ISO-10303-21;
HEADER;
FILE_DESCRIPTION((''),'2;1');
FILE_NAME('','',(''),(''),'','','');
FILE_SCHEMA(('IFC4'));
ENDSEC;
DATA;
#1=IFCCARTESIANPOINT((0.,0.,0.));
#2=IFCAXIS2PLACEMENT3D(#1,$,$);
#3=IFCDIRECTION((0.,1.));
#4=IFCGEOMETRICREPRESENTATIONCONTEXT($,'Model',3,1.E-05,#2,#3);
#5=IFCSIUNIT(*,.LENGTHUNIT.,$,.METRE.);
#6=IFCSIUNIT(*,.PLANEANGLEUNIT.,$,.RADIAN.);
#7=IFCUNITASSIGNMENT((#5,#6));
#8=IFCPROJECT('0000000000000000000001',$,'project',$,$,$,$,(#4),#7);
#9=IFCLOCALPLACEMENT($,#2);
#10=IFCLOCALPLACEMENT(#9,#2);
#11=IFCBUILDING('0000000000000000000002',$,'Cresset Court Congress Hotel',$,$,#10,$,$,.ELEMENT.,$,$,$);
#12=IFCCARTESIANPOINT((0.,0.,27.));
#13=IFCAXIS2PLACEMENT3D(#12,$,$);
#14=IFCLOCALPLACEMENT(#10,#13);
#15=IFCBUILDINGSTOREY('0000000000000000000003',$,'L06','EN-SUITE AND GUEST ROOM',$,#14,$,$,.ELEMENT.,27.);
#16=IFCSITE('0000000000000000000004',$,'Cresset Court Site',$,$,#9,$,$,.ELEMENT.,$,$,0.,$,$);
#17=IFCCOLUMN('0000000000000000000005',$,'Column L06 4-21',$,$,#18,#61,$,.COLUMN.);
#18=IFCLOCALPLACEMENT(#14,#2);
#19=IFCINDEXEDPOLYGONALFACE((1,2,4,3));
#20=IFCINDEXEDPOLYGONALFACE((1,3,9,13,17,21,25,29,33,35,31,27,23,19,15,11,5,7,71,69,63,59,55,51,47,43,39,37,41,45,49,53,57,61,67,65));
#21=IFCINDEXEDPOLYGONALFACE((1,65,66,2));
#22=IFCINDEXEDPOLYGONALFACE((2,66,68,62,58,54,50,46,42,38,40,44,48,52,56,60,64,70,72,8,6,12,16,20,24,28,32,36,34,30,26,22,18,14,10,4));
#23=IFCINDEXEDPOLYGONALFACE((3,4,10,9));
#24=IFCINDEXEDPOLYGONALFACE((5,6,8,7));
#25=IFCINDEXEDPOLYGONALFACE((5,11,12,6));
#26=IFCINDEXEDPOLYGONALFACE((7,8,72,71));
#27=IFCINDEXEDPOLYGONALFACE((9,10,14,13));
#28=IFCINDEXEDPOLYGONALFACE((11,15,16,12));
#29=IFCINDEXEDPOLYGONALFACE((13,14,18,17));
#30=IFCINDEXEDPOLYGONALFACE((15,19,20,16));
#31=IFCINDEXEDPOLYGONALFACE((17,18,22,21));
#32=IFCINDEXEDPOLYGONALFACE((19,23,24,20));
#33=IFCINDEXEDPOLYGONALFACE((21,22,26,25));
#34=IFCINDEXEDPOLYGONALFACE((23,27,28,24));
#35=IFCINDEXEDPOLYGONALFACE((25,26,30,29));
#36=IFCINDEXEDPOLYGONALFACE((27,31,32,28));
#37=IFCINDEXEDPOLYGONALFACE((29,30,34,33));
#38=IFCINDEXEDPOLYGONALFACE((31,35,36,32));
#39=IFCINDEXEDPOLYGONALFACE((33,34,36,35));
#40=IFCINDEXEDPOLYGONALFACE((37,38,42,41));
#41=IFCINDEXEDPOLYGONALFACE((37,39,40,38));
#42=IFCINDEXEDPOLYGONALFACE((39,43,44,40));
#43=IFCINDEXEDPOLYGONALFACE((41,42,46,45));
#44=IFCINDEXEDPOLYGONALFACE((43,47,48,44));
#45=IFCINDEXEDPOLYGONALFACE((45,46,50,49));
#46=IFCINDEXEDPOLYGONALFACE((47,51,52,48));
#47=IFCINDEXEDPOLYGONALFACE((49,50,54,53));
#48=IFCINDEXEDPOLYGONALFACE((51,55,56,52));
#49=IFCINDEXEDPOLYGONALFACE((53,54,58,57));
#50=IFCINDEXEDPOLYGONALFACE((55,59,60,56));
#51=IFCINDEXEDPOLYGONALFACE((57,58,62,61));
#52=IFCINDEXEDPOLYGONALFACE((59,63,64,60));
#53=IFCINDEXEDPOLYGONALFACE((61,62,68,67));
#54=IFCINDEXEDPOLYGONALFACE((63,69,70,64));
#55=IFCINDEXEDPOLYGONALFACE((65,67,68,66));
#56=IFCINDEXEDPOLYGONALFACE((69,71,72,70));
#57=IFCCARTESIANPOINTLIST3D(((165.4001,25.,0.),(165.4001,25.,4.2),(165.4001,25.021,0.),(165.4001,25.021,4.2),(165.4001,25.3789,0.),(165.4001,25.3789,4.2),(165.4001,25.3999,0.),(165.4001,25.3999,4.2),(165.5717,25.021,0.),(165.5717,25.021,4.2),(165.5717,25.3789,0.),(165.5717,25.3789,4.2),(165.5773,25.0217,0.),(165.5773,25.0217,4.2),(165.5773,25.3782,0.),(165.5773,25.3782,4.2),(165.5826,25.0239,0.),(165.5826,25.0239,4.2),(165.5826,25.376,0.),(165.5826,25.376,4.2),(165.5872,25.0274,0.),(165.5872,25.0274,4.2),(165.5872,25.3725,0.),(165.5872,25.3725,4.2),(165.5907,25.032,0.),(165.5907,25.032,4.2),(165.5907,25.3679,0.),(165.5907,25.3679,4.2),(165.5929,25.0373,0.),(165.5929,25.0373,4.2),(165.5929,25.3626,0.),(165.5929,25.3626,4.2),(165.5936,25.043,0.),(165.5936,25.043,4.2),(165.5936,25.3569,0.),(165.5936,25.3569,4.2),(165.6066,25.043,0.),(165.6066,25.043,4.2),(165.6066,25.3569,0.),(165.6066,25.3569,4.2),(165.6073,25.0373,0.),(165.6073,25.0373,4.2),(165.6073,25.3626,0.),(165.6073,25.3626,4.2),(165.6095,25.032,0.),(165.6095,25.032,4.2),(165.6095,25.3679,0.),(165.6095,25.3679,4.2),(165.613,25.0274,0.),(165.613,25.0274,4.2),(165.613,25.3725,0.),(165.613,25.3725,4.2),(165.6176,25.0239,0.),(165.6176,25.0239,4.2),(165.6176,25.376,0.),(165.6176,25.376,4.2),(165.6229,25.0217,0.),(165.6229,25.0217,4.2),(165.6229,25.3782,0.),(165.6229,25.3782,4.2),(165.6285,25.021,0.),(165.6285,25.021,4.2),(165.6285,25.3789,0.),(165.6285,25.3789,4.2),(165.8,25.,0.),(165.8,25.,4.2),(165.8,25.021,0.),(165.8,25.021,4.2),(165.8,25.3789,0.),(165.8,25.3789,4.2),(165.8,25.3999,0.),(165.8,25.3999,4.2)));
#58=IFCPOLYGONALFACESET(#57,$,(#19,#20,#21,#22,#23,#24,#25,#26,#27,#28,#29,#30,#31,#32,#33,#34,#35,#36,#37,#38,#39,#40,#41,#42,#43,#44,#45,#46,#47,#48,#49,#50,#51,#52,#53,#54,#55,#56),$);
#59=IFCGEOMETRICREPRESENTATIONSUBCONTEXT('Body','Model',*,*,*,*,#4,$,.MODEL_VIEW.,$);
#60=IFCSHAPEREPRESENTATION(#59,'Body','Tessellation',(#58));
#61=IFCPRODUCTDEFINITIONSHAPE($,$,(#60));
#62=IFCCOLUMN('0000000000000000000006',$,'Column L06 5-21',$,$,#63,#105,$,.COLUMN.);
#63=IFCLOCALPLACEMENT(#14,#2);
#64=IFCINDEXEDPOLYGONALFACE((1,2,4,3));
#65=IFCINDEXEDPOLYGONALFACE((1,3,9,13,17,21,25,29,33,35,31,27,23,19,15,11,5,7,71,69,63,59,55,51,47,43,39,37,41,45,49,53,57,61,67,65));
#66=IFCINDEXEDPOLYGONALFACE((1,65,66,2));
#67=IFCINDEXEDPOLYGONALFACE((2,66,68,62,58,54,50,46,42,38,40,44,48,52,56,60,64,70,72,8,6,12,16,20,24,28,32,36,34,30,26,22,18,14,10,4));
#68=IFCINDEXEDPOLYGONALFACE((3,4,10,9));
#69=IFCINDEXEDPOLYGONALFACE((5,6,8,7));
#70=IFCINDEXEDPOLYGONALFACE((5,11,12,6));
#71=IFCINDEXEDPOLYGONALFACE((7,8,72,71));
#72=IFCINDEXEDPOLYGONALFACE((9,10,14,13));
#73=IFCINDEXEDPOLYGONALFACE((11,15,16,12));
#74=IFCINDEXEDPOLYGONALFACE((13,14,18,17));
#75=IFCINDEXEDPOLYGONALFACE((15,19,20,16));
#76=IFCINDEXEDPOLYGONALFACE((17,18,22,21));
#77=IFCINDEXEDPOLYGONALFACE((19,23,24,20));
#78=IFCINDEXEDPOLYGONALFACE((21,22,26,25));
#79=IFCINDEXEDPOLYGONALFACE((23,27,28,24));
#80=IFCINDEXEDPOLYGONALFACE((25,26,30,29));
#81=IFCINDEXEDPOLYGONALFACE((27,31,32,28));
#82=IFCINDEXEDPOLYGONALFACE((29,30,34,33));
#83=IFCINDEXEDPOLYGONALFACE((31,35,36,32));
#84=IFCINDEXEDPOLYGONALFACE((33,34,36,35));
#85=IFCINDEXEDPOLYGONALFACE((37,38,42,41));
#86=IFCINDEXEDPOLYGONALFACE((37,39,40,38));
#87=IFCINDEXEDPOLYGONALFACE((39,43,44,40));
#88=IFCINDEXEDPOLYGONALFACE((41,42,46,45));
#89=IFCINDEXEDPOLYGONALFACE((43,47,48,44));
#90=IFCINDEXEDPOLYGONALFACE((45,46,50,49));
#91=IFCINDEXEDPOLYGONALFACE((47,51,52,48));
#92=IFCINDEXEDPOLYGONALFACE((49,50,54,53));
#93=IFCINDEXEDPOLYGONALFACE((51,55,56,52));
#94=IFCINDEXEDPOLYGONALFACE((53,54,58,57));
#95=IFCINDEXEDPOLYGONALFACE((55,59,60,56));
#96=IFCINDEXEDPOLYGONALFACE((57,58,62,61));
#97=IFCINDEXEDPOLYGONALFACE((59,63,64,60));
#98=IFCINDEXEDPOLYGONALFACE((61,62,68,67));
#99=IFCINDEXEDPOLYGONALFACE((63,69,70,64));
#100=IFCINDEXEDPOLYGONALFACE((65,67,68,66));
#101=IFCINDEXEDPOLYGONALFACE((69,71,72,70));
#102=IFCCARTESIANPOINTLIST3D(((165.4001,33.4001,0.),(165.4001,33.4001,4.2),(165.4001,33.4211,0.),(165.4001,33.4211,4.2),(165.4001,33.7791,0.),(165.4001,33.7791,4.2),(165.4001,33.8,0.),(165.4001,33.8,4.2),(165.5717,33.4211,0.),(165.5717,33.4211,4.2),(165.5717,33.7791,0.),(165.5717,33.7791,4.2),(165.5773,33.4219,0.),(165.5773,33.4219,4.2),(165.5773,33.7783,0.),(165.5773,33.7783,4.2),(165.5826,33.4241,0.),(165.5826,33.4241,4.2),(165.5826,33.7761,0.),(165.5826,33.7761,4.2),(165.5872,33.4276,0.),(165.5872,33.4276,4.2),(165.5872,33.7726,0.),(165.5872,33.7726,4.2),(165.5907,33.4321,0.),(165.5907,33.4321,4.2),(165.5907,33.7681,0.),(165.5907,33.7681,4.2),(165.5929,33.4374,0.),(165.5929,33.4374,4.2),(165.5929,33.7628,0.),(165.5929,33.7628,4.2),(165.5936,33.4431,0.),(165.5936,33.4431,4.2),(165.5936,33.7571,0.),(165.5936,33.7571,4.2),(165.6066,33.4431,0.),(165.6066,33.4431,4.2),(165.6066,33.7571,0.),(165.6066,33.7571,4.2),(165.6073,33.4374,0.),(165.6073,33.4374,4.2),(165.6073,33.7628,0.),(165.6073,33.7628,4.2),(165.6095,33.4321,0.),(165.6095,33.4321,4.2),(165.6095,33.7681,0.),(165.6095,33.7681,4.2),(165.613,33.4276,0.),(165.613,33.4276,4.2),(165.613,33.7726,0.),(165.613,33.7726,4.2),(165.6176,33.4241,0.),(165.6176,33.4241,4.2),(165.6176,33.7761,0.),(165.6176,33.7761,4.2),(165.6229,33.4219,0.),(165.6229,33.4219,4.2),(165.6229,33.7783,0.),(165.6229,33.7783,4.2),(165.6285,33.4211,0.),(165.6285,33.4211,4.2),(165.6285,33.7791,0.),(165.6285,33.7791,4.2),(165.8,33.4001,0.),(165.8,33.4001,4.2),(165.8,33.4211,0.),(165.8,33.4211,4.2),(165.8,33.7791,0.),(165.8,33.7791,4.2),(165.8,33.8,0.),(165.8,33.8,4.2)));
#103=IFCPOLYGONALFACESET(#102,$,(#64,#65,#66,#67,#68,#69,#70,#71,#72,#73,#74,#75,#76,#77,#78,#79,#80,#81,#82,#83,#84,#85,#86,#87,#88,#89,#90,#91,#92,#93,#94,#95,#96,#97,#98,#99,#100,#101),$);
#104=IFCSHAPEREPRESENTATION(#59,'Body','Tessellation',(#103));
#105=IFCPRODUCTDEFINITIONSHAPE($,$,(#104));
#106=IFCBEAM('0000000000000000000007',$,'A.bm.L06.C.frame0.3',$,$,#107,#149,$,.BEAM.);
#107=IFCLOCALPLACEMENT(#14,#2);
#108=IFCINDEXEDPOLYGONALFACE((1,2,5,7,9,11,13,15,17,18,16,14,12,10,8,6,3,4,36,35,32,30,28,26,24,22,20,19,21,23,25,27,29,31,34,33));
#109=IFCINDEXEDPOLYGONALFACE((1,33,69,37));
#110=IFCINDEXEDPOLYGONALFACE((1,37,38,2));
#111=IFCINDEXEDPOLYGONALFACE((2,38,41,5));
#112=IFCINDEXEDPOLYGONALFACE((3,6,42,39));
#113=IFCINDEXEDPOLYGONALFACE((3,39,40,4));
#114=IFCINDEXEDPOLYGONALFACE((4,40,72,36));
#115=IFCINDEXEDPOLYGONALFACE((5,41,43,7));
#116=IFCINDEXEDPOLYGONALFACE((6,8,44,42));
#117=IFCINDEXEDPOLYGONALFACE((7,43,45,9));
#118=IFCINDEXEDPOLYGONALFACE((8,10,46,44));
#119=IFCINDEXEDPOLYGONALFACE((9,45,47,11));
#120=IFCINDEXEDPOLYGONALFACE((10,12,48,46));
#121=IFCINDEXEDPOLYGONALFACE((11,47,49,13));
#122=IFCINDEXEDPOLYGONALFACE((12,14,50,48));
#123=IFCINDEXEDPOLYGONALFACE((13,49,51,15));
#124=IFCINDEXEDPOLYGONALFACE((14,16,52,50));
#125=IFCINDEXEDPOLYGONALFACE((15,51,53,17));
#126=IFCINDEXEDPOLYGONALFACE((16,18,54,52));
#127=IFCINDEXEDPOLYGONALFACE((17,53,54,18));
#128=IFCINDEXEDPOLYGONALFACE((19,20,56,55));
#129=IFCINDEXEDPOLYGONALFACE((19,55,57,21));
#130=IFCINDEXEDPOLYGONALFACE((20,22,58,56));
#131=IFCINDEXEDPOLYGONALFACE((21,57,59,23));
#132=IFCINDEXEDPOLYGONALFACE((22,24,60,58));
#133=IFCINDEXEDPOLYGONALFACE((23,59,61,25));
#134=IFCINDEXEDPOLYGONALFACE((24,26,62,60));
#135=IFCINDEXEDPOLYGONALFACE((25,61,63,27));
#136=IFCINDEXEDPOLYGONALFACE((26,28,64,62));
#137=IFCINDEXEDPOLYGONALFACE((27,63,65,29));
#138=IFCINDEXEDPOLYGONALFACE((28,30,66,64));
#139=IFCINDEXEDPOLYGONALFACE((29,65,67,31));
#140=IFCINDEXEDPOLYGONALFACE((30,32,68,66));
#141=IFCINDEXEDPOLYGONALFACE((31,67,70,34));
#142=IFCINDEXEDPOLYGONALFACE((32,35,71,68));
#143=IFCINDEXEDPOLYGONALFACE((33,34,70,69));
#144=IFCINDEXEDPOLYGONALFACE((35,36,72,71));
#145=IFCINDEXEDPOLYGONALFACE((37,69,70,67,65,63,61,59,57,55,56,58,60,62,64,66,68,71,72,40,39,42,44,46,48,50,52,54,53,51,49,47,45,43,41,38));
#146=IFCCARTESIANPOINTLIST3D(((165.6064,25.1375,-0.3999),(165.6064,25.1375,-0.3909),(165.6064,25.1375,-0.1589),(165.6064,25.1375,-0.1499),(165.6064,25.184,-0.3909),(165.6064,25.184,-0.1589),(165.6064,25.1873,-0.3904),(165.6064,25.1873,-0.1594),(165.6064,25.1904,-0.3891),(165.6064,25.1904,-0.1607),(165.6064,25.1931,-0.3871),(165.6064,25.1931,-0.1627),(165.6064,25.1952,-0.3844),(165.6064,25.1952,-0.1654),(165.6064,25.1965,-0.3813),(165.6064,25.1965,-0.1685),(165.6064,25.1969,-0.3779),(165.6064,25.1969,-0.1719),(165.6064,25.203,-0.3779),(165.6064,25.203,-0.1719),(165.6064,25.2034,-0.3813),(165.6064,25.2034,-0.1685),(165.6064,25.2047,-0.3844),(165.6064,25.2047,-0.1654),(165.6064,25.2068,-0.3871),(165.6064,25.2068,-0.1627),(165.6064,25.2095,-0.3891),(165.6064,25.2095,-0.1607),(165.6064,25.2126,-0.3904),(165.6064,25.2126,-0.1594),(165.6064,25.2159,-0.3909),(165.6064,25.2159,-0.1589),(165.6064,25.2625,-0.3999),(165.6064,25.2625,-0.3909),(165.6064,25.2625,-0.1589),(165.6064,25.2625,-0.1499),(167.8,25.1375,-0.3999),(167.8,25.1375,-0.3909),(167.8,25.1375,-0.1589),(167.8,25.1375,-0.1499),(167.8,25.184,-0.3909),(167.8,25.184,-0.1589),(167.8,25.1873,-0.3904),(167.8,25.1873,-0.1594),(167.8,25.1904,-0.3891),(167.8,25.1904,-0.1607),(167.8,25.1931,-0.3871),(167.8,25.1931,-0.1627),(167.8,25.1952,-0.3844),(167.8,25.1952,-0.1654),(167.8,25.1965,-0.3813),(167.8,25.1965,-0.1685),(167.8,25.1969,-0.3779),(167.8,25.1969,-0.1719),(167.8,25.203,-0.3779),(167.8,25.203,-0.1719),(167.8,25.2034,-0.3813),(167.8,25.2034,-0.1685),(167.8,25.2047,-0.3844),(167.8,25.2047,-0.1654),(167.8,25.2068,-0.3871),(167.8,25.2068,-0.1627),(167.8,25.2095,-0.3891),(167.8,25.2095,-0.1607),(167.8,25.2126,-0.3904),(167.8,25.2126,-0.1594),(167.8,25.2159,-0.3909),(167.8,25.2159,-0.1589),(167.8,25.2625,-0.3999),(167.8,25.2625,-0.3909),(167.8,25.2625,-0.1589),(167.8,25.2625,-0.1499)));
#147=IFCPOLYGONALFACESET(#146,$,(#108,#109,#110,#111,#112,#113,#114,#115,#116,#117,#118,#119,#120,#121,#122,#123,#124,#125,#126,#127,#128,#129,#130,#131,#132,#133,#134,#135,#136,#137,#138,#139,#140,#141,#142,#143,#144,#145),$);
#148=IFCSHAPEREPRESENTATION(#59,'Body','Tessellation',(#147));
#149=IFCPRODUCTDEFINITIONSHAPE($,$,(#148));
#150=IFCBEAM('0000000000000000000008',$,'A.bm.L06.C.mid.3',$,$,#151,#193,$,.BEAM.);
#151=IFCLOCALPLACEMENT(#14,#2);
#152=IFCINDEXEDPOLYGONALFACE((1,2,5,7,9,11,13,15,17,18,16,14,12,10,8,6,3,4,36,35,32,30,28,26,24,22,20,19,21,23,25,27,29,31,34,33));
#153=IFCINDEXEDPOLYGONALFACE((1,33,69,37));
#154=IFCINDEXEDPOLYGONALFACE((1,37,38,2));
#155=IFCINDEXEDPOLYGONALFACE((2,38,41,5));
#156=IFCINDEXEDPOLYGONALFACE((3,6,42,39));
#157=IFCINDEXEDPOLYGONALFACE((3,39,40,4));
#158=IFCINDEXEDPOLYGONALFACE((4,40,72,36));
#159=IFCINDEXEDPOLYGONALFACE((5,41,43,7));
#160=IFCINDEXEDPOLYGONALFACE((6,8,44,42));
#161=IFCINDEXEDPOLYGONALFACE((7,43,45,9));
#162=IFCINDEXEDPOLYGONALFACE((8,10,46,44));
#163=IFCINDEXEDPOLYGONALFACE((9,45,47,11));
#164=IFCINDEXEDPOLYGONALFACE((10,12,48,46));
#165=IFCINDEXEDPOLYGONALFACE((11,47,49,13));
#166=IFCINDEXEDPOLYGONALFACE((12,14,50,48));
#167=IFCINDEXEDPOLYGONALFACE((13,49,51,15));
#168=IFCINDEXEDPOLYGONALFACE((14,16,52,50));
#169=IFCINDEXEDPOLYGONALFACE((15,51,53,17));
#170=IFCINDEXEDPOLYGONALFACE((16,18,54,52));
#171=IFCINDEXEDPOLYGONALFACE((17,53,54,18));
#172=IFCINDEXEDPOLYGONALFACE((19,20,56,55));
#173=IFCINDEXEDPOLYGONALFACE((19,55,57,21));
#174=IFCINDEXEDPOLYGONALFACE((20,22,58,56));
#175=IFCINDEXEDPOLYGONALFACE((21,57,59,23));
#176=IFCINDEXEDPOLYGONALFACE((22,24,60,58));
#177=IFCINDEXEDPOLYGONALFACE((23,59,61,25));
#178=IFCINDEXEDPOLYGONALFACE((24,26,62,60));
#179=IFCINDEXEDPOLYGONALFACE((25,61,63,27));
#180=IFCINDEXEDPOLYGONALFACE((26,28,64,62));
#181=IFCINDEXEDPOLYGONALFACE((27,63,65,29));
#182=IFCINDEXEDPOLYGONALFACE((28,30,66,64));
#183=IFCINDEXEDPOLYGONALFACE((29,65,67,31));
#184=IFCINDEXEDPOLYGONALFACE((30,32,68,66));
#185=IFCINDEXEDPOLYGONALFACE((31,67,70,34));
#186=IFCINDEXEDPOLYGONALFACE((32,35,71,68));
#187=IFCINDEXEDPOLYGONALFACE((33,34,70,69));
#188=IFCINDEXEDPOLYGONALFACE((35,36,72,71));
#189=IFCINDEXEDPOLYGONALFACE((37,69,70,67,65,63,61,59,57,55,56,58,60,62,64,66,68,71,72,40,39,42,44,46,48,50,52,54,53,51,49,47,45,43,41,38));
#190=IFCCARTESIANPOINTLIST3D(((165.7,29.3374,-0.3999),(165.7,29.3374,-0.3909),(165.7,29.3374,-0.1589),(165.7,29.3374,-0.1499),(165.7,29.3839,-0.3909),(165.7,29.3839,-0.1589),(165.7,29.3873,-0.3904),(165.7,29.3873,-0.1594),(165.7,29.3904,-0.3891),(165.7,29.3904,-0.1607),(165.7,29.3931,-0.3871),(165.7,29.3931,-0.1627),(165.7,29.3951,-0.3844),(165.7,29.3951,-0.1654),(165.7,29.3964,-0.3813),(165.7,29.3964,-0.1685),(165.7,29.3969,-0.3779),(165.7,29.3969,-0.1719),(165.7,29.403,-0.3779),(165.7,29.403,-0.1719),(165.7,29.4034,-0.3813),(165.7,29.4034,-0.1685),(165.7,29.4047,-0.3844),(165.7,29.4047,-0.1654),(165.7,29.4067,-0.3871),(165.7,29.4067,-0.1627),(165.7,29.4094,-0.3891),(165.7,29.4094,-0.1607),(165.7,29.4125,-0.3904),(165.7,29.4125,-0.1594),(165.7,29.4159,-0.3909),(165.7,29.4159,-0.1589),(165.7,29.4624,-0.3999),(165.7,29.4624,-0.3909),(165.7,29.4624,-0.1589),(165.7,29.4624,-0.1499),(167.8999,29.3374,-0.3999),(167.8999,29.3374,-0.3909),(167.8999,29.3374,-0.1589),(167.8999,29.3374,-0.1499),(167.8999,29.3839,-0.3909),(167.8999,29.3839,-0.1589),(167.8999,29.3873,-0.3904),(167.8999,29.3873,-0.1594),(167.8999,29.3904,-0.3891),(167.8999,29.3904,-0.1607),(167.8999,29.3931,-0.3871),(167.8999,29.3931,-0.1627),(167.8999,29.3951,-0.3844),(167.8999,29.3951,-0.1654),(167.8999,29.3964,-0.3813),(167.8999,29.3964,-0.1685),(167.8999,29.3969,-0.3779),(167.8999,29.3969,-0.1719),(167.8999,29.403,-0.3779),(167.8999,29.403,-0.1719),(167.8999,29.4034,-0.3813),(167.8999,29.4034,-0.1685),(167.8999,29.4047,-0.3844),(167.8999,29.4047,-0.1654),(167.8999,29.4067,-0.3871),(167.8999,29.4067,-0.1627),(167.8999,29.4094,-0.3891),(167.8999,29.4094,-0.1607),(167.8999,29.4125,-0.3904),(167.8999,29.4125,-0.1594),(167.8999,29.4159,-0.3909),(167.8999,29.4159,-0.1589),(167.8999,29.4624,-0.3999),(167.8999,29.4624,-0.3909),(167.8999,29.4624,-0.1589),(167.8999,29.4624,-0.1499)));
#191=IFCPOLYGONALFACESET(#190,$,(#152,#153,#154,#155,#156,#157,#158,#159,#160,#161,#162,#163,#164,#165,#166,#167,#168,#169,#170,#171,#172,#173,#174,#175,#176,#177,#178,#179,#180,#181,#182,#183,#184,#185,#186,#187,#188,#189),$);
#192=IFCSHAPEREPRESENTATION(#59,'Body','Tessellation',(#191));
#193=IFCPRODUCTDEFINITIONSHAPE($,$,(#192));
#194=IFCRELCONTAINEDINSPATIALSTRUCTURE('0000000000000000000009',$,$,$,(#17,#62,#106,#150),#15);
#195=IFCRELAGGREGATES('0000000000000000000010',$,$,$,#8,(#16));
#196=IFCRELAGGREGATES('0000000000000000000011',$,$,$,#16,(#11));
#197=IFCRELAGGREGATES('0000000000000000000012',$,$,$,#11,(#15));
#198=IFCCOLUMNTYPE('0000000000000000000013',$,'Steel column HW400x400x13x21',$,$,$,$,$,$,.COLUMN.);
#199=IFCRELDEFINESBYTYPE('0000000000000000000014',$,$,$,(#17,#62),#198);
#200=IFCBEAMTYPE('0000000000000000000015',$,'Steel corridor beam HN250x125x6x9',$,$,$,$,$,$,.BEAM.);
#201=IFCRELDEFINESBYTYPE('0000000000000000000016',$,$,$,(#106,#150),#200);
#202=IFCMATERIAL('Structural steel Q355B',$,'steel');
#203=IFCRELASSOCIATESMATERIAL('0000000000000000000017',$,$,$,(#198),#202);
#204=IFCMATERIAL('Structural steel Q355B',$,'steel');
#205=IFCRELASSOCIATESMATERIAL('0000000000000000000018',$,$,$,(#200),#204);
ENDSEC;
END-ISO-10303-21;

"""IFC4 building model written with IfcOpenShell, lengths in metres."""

from ifc_helpers import new_model, si_unit, direction, frame, origin, origin_2d, place, context, subcontext, project, spatial, i_section, extrude, material, material_profile, profile_set, type_object, element, save


model = new_model("IFC4")

# Units and contexts
model_context = context("Model", 3, precision=1e-05, world=origin(), true_north=direction((0.0, 1.0)))
body_context = subcontext(model_context, "Body", "Model", "MODEL_VIEW")
ifc_project = project(units=[si_unit("LENGTHUNIT", "METRE"), si_unit("PLANEANGLEUNIT", "RADIAN")], contexts=[model_context])

# Site, building, storey
site_placement = place(None, origin())
site = spatial("IfcSite", under=ifc_project, at=site_placement, Name="Cresset Court Site", CompositionType="ELEMENT", RefElevation=0.0)
building_placement = place(site_placement, origin())
building = spatial("IfcBuilding", under=site, at=building_placement, Name="Cresset Court Congress Hotel", CompositionType="ELEMENT")
storey_placement = place(building_placement, frame((0.0, 0.0, 27.0)))
storey = spatial("IfcBuildingStorey", under=building, at=storey_placement, Name="L06", Description="EN-SUITE AND GUEST ROOM", CompositionType="ELEMENT", Elevation=27.0)

# Columns
ifc_material_1 = material(Name="Structural steel Q355B", Category="steel")
ifc_material_profile_1 = material_profile(ifc_material_1, i_section(OverallWidth=0.3999, OverallDepth=0.3999, WebThickness=0.0129, FlangeThickness=0.021, FilletRadius=0.022, at=origin_2d()), Name="HW400x400x13x21")
ifc_profile_set_1 = profile_set([ifc_material_profile_1], Name="Structural steel Q355B")
column_type = type_object("IfcColumnType", Name="Steel column HW400x400x13x21", PredefinedType="COLUMN", material=ifc_profile_set_1)
for number, where, z_axis, x_axis, name in (
    (1, (165.6001, 25.2, 0.0), (0.0, 0.0, 1.0), (1.0, 0.0, 0.0), "Column L06 4-21"),
    (2, (165.6001, 33.6001, 0.0), (0.0, 0.0, 1.0), (1.0, 0.0, 0.0), "Column L06 5-21"),
):
    element("IfcColumn", number, at=place(storey_placement, frame(where, z_axis=z_axis, x_axis=x_axis)), inside=storey, type_object=column_type, Name=name, PredefinedType="COLUMN", context=body_context, shape_type="SweptSolid", body=[
        extrude(i_section(OverallWidth=0.3999, OverallDepth=0.3999, WebThickness=0.0129, FlangeThickness=0.021, FilletRadius=0.022, at=origin_2d()), origin(), (0.0, 0.0, 1.0), 4.2),
    ])

# Beams
ifc_material_2 = material(Name="Structural steel Q355B", Category="steel")
ifc_material_profile_2 = material_profile(ifc_material_2, i_section(OverallWidth=0.125, OverallDepth=0.25, WebThickness=0.0061, FlangeThickness=0.009, FilletRadius=0.0129, at=origin_2d()), Name="HN250x125x6x9")
ifc_profile_set_2 = profile_set([ifc_material_profile_2], Name="Structural steel Q355B")
beam_type_1 = type_object("IfcBeamType", Name="Steel corridor beam HN250x125x6x9", PredefinedType="BEAM", material=ifc_profile_set_2)
beam_1_placement = place(storey_placement, frame((165.6064, 25.2, -0.2749), z_axis=(1.0, 0.0, 0.0), x_axis=(0.0, 1.0, 0.0)))
element("IfcBeam", 3, at=beam_1_placement, inside=storey, type_object=beam_type_1, Name="A.bm.L06.C.frame0.3", PredefinedType="BEAM", context=body_context, shape_type="SweptSolid", body=[
    extrude(i_section(OverallWidth=0.125, OverallDepth=0.25, WebThickness=0.0061, FlangeThickness=0.009, FilletRadius=0.0129, at=origin_2d()), origin(), (0.0, 0.0, 1.0), 2.1936),
])
beam_2_placement = place(storey_placement, frame((165.7, 29.3999, -0.2749), z_axis=(1.0, 0.0, 0.0), x_axis=(0.0, 1.0, 0.0)))
element("IfcBeam", 4, at=beam_2_placement, inside=storey, type_object=beam_type_1, Name="A.bm.L06.C.mid.3", PredefinedType="BEAM", context=body_context, shape_type="SweptSolid", body=[
    extrude(i_section(OverallWidth=0.125, OverallDepth=0.25, WebThickness=0.0061, FlangeThickness=0.009, FilletRadius=0.0129, at=origin_2d()), origin(), (0.0, 0.0, 1.0), 2.2),
])

save(model, "model.ifc")
